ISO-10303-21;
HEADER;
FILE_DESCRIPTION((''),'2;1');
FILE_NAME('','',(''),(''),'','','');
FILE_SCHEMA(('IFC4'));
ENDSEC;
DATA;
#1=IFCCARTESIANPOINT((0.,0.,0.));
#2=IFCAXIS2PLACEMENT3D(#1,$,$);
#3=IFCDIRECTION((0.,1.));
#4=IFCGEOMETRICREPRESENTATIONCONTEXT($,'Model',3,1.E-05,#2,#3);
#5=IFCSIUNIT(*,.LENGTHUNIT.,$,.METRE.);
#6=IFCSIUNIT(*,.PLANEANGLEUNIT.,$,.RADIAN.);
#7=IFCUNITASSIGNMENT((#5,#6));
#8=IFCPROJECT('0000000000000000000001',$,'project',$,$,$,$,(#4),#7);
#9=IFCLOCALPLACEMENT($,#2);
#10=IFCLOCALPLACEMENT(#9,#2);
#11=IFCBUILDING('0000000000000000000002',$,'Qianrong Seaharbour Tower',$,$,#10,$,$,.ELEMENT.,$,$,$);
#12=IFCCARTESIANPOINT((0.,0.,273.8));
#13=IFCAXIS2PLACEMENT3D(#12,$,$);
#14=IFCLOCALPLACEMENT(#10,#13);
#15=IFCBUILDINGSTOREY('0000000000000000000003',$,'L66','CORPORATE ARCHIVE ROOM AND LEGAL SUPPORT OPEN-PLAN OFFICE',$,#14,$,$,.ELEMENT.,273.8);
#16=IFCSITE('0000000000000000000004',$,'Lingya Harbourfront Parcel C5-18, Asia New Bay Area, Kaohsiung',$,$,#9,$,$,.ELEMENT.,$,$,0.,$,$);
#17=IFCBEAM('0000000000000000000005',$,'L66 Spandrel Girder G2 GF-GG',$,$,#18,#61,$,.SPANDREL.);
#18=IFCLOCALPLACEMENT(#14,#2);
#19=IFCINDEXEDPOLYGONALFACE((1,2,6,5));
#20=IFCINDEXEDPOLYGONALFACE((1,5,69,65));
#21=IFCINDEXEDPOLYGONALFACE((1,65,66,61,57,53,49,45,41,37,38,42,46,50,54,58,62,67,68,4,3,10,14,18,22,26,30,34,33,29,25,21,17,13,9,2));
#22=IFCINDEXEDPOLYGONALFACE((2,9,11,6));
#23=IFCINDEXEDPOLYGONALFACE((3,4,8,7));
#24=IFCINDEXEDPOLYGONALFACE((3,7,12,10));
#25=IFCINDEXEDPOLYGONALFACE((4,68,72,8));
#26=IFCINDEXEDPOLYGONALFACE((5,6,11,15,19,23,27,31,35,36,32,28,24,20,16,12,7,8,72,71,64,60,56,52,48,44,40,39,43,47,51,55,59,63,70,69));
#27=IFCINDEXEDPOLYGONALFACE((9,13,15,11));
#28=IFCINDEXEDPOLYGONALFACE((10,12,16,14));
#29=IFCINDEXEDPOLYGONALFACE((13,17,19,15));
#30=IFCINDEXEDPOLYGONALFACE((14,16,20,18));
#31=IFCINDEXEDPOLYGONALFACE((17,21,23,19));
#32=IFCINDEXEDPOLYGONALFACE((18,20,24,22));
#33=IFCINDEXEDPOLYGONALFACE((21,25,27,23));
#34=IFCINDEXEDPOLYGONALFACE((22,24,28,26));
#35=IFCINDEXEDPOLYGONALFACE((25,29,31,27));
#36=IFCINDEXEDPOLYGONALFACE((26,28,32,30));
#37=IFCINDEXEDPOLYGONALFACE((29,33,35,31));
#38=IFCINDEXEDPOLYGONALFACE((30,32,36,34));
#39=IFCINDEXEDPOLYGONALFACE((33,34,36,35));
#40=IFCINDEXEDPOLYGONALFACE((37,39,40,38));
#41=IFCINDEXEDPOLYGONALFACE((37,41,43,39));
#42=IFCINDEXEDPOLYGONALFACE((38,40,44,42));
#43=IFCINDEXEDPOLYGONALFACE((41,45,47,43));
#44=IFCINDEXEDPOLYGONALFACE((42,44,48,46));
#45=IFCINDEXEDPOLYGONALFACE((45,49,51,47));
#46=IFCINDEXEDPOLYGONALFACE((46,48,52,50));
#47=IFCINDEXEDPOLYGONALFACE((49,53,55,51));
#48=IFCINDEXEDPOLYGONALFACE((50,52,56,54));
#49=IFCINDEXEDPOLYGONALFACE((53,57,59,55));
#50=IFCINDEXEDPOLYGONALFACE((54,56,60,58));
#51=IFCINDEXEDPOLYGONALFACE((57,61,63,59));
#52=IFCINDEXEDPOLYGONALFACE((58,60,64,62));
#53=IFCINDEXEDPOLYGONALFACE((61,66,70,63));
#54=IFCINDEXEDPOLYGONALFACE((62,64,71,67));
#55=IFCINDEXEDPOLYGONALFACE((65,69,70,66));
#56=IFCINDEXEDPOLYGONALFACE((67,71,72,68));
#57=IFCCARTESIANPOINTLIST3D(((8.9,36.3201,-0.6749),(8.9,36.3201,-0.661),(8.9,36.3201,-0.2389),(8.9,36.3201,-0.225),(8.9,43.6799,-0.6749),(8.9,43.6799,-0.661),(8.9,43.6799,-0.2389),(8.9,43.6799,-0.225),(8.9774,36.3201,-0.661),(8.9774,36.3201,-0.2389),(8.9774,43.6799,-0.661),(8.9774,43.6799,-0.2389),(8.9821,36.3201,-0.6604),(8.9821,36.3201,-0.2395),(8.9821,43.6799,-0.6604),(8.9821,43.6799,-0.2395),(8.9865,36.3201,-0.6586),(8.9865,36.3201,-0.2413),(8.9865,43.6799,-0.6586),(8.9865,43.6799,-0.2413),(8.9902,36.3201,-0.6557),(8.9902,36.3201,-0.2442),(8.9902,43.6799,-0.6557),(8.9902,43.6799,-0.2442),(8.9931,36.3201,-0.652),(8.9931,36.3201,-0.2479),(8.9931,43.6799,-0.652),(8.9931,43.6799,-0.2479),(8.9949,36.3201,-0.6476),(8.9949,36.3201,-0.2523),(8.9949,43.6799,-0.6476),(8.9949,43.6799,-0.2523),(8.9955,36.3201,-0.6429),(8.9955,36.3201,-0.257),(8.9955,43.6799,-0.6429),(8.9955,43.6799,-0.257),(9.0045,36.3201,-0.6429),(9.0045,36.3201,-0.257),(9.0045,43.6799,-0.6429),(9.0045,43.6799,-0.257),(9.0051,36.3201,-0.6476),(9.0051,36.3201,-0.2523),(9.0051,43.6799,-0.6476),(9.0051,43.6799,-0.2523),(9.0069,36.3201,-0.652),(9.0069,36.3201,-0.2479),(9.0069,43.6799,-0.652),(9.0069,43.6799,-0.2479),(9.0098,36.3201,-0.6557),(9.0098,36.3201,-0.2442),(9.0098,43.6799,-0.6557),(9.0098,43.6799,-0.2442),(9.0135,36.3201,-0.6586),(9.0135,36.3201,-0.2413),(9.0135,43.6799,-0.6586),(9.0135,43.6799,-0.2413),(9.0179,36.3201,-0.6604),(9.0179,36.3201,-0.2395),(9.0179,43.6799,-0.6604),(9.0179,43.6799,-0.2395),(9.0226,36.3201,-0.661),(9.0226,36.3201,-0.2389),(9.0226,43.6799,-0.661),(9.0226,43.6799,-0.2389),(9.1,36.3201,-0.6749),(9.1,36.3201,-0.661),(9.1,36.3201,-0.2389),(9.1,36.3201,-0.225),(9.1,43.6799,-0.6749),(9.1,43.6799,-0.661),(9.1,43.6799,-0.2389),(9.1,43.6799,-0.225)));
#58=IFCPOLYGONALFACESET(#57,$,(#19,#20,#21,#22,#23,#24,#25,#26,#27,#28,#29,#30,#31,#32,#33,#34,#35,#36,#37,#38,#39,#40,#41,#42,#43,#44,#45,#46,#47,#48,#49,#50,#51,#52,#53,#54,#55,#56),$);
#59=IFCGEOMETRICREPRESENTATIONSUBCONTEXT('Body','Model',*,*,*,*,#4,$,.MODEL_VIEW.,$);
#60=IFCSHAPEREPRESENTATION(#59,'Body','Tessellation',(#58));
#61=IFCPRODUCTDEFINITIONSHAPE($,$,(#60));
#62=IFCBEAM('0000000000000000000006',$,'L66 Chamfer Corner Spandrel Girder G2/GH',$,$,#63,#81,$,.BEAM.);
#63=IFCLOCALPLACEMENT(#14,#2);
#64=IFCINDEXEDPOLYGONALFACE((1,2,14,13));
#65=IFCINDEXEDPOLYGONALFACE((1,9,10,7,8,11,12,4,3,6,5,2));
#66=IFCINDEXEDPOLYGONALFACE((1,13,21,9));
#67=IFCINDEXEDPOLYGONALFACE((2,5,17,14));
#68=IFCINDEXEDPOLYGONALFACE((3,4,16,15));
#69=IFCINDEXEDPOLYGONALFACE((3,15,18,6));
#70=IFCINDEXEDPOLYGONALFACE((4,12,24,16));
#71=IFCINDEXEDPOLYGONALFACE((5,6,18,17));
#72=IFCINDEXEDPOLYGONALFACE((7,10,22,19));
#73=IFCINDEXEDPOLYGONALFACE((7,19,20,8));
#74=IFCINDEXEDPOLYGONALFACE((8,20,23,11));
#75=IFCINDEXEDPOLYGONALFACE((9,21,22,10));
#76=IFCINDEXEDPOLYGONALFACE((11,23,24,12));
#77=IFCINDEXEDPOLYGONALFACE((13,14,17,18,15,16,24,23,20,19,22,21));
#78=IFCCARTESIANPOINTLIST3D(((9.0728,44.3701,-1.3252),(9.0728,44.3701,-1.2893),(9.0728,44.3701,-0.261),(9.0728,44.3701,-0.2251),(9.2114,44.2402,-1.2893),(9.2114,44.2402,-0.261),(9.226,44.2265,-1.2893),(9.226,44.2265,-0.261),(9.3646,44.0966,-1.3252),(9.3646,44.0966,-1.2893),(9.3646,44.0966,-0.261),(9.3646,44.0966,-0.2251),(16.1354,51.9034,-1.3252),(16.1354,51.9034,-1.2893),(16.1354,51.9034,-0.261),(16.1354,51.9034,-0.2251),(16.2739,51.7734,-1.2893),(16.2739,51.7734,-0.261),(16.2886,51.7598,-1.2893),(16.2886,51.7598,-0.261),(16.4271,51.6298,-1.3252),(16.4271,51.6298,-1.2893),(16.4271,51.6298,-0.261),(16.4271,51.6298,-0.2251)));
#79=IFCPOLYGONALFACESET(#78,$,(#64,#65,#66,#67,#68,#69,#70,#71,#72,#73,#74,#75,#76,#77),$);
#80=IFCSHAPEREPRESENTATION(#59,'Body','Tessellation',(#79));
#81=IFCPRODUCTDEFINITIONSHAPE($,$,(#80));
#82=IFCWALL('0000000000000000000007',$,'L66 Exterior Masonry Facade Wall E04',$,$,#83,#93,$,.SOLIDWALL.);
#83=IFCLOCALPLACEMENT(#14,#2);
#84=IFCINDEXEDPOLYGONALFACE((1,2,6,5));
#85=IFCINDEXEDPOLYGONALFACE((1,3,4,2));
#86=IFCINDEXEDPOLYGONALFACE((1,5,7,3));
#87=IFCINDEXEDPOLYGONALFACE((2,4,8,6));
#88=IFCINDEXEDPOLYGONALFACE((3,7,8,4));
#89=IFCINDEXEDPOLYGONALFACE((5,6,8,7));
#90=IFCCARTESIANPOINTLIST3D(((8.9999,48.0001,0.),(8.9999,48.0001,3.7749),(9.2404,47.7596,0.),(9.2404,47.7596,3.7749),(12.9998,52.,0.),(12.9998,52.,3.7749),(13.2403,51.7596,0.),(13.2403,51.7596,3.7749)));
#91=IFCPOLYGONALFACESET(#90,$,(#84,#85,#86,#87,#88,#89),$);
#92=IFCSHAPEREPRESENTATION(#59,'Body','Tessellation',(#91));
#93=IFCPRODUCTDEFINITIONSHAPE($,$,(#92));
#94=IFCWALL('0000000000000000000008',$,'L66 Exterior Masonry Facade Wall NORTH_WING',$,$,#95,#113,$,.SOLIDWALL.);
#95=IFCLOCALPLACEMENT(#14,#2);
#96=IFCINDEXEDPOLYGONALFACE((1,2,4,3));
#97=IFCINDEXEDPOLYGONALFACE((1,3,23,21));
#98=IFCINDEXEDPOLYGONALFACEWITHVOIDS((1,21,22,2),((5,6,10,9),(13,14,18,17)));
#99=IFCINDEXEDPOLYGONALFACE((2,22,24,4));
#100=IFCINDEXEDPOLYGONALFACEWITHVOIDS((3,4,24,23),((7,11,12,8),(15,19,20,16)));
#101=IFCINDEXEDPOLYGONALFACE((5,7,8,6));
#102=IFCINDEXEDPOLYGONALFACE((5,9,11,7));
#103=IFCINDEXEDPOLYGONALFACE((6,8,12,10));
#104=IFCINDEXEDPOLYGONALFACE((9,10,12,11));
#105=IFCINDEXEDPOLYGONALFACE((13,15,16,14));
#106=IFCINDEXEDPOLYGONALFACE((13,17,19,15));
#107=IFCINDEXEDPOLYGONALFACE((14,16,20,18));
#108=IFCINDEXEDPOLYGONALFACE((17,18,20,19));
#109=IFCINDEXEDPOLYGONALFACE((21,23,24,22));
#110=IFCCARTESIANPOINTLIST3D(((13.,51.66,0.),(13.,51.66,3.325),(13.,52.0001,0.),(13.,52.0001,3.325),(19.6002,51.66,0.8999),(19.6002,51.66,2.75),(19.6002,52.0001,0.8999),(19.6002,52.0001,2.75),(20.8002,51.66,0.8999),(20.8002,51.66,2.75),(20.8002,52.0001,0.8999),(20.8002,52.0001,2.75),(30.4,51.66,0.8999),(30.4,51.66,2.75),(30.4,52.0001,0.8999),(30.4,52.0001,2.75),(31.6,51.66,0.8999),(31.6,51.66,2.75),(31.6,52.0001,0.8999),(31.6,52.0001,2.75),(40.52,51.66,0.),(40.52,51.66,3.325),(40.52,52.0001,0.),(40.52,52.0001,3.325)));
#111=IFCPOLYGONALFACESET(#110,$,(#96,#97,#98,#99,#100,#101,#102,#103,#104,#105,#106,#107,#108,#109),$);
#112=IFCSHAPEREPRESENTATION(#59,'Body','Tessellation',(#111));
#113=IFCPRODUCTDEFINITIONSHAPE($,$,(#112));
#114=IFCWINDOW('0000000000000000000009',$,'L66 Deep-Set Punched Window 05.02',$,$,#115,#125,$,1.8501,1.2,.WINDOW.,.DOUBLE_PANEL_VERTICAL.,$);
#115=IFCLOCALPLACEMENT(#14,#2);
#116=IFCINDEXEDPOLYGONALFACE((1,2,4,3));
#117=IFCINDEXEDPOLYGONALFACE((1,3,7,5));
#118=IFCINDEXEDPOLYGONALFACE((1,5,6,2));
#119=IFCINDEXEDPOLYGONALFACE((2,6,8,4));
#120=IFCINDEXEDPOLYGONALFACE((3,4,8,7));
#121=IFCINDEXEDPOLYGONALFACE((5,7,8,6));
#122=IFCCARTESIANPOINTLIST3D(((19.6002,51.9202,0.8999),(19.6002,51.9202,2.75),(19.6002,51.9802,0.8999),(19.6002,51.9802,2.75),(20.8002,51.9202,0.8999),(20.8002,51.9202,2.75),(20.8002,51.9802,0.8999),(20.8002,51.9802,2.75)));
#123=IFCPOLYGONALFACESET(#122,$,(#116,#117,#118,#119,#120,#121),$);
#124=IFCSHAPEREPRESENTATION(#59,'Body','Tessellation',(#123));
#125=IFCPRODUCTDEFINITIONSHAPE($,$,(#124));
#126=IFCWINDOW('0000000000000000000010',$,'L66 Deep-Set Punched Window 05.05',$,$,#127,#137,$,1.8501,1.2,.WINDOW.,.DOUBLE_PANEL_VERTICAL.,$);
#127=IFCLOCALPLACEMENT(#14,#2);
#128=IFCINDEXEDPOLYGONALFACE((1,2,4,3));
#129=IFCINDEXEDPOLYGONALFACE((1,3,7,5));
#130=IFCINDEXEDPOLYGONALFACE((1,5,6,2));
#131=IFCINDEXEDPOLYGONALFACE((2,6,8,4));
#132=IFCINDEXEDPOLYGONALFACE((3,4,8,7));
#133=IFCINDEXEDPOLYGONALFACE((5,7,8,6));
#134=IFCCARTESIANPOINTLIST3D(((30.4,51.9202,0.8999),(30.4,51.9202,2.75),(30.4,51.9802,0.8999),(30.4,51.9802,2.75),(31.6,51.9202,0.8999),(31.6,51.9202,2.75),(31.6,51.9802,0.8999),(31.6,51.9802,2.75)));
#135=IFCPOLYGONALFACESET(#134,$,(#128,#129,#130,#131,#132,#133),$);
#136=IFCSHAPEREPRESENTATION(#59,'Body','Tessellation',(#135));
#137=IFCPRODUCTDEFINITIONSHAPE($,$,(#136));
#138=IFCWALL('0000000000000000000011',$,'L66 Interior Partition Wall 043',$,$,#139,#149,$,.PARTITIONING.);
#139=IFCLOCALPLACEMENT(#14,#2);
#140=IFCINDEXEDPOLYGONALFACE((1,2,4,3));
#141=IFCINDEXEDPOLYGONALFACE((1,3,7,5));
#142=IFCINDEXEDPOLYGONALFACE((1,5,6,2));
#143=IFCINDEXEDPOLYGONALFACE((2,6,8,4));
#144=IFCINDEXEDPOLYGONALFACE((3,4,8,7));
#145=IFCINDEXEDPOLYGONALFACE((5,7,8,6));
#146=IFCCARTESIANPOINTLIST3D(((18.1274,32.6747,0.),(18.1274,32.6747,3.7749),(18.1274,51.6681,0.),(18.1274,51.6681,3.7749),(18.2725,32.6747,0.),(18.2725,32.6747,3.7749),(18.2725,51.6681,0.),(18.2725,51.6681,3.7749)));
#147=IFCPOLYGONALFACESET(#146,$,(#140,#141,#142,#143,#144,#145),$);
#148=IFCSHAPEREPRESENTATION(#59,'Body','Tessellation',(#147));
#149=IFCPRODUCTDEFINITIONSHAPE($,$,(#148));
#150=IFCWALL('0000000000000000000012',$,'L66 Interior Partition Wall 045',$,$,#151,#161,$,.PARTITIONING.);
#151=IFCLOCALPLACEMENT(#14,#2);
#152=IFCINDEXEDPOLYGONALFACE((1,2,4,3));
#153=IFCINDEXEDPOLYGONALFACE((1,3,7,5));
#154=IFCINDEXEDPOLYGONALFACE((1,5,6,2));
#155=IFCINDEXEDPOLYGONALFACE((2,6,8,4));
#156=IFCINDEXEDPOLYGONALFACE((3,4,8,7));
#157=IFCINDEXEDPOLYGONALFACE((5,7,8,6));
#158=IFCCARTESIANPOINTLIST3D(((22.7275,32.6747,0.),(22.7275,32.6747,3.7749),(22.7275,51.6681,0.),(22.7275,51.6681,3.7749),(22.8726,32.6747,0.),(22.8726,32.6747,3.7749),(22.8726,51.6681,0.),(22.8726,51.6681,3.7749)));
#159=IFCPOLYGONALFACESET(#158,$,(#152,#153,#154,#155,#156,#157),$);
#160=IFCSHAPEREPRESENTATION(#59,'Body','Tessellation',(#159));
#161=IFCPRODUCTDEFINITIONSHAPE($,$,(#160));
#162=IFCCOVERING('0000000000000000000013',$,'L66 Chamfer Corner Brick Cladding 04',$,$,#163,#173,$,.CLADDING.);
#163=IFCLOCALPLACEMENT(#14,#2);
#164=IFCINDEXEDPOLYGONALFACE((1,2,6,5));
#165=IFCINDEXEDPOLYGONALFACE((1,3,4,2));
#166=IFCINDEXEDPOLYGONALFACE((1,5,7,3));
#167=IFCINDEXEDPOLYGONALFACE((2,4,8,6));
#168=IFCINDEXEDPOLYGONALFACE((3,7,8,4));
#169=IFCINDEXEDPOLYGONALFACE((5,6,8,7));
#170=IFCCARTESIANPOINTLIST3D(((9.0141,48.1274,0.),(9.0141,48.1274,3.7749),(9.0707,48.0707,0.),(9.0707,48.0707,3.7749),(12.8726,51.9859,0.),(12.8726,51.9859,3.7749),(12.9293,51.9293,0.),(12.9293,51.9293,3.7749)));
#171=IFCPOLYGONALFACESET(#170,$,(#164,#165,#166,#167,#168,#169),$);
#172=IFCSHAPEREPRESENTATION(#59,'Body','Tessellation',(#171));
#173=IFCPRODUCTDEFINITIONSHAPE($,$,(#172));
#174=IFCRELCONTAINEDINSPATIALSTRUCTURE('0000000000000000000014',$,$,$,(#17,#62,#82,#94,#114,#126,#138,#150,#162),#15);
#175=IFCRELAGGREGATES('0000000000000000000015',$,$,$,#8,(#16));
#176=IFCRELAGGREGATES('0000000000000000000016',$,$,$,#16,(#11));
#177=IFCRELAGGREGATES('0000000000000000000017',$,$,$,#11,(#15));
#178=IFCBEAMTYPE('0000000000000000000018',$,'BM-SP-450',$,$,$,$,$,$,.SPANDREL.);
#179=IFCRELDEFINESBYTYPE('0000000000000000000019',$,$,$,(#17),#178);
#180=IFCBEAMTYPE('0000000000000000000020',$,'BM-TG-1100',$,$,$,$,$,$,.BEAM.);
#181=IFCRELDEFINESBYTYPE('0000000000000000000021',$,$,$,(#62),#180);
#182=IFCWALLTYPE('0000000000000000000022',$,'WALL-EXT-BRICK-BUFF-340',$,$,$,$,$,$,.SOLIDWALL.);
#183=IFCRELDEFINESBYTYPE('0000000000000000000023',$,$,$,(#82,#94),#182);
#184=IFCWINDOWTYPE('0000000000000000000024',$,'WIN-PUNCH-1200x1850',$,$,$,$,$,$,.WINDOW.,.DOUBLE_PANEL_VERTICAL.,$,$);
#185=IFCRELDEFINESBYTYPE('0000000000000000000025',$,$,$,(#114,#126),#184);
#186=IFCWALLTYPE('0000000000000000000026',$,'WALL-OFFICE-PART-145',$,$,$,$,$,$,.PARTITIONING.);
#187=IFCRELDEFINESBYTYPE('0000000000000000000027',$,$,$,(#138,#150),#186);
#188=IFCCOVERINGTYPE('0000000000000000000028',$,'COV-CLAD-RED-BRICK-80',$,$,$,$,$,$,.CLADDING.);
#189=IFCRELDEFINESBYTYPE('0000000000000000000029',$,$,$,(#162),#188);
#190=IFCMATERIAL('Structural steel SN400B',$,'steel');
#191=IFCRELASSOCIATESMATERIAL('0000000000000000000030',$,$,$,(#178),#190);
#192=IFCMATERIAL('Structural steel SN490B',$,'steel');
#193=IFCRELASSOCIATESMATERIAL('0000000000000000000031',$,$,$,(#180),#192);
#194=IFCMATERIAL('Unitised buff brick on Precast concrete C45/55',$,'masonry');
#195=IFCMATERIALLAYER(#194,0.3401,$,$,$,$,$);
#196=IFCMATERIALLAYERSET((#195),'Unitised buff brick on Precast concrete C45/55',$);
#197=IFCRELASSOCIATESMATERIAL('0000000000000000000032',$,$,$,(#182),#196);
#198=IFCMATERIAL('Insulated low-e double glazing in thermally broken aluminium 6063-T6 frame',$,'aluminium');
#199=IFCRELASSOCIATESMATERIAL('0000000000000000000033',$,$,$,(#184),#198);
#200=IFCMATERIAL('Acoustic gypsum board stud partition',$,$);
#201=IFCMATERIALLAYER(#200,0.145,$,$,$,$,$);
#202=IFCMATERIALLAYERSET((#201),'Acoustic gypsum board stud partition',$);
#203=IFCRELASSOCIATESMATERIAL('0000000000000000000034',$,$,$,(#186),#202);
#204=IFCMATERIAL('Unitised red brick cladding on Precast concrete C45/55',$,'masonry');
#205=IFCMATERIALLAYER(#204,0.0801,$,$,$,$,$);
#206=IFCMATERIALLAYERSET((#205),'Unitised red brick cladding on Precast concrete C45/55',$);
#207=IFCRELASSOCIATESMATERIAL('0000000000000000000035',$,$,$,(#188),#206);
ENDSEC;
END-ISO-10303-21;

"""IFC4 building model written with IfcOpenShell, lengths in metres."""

from ifc_helpers import new_model, si_unit, direction, frame, frame_2d, origin, origin_2d, place, context, subcontext, project, spatial, rectangle, i_section, extrude, material, layer, layer_set, material_profile, profile_set, type_object, element, fill, save


model = new_model("IFC4")

# Units and contexts
model_context = context("Model", 3, precision=1e-05, world=origin(), true_north=direction((0.0, 1.0)))
body_context = subcontext(model_context, "Body", "Model", "MODEL_VIEW")
ifc_project = project(units=[si_unit("LENGTHUNIT", "METRE"), si_unit("PLANEANGLEUNIT", "RADIAN")], contexts=[model_context])

# Site, building, storey
site_placement = place(None, origin())
site = spatial("IfcSite", under=ifc_project, at=site_placement, Name="Lingya Harbourfront Parcel C5-18, Asia New Bay Area, Kaohsiung", CompositionType="ELEMENT", RefElevation=0.0)
building_placement = place(site_placement, origin())
building = spatial("IfcBuilding", under=site, at=building_placement, Name="Qianrong Seaharbour Tower", CompositionType="ELEMENT")
storey_placement = place(building_placement, frame((0.0, 0.0, 273.8)))
storey = spatial("IfcBuildingStorey", under=building, at=storey_placement, Name="L66", Description="CORPORATE ARCHIVE ROOM AND LEGAL SUPPORT OPEN-PLAN OFFICE", CompositionType="ELEMENT", Elevation=273.8)

# Shared definitions
ifc_material_1 = material(Name="Structural steel SN490B", Category="steel")

# Beams
ifc_material_2 = material(Name="Structural steel SN400B", Category="steel")
ifc_material_profile_1 = material_profile(ifc_material_2, i_section(OverallWidth=0.2, OverallDepth=0.45, WebThickness=0.009, FlangeThickness=0.0139, FilletRadius=0.0181, at=origin_2d()), Name="H450x200x9x14")
ifc_profile_set_1 = profile_set([ifc_material_profile_1], Name="Structural steel SN400B")
beam_type_1 = type_object("IfcBeamType", Name="BM-SP-450", PredefinedType="SPANDREL", material=ifc_profile_set_1)
for number, where, z_axis, x_axis, name in (
    (1, (9.0, 36.3201, -0.45), (0.0, 1.0, 0.0), (-1.0, 0.0, 0.0), "L66 Spandrel Girder G2 GF-GG"),
):
    element("IfcBeam", number, at=place(storey_placement, frame(where, z_axis=z_axis, x_axis=x_axis)), inside=storey, type_object=beam_type_1, Name=name, PredefinedType="SPANDREL", context=body_context, shape_type="SweptSolid", body=[
        extrude(i_section(OverallWidth=0.2, OverallDepth=0.45, WebThickness=0.009, FlangeThickness=0.0139, FilletRadius=0.0181, at=origin_2d()), origin(), (0.0, 0.0, 1.0), 7.3599),
    ])
ifc_material_profile_2 = material_profile(ifc_material_1, i_section(OverallWidth=0.3999, OverallDepth=1.1001, WebThickness=0.02, FlangeThickness=0.0359, at=origin_2d()), Name="BH1100x400x20x36")
ifc_profile_set_2 = profile_set([ifc_material_profile_2], Name="Structural steel SN490B")
beam_type_2 = type_object("IfcBeamType", Name="BM-TG-1100", PredefinedType="BEAM", material=ifc_profile_set_2)
beam_1_placement = place(storey_placement, frame((16.2812, 51.7666, -0.7751), z_axis=(-0.683947, -0.729531, 0.0), x_axis=(0.729531, -0.683947, 0.0)))
element("IfcBeam", 2, at=beam_1_placement, inside=storey, type_object=beam_type_2, Name="L66 Chamfer Corner Spandrel Girder G2/GH", PredefinedType="BEAM", context=body_context, shape_type="SweptSolid", body=[
    extrude(i_section(OverallWidth=0.3999, OverallDepth=1.1001, WebThickness=0.02, FlangeThickness=0.0359, at=origin_2d()), origin(), (0.0, 0.0, 1.0), 10.3262),
])

# Wall
ifc_material_3 = material(Name="Unitised buff brick on Precast concrete C45/55", Category="masonry")
ifc_layer_1 = layer(ifc_material_3, 0.3401)
ifc_layer_set_1 = layer_set([ifc_layer_1], Name="Unitised buff brick on Precast concrete C45/55")
wall_type_1 = type_object("IfcWallType", Name="WALL-EXT-BRICK-BUFF-340", PredefinedType="SOLIDWALL", material=ifc_layer_set_1)
wall_1_placement = place(storey_placement, frame((9.1201, 47.8799, 0.0), z_axis=(0.0, 0.0, 1.0), x_axis=(0.707107, 0.707107, 0.0)))
element("IfcWall", 3, at=wall_1_placement, inside=storey, type_object=wall_type_1, Name="L66 Exterior Masonry Facade Wall E04", PredefinedType="SOLIDWALL", context=body_context, shape_type="SweptSolid", body=[
    extrude(rectangle(XDim=5.6567, YDim=0.3401, at=frame_2d((2.8284, 0.0))), origin(), (0.0, 0.0, 1.0), 3.7749),
])

# Wall, openings, windows
wall_2_placement = place(storey_placement, frame((13.0, 51.8301, 0.0), z_axis=(0.0, 0.0, 1.0), x_axis=(1.0, 0.0, 0.0)))
wall_2 = element("IfcWall", 4, at=wall_2_placement, inside=storey, type_object=wall_type_1, Name="L66 Exterior Masonry Facade Wall NORTH_WING", PredefinedType="SOLIDWALL", context=body_context, shape_type="SweptSolid", body=[
    extrude(rectangle(XDim=27.52, YDim=0.3401, at=frame_2d((13.76, 0.0))), origin(), (0.0, 0.0, 1.0), 3.325),
])
opening_1_placement = place(wall_2_placement, frame((6.6001, 0.0, 0.8999)))
opening_1 = element("IfcOpeningElement", 5, at=opening_1_placement, cuts=wall_2, PredefinedType="OPENING", context=body_context, shape_type="SweptSolid", body=[
    extrude(rectangle(XDim=1.2, YDim=1.8501, at=frame_2d((0.6001, 0.925))), frame((0.0, 0.1802, 0.0), z_axis=(0.0, -1.0, 0.0), x_axis=(1.0, 0.0, 0.0)), (0.0, 0.0, 1.0), 0.3601),
])
opening_2_placement = place(wall_2_placement, frame((17.3999, 0.0, 0.8999)))
opening_2 = element("IfcOpeningElement", 6, at=opening_2_placement, cuts=wall_2, PredefinedType="OPENING", context=body_context, shape_type="SweptSolid", body=[
    extrude(rectangle(XDim=1.2, YDim=1.8501, at=frame_2d((0.6001, 0.925))), frame((0.0, 0.1802, 0.0), z_axis=(0.0, -1.0, 0.0), x_axis=(1.0, 0.0, 0.0)), (0.0, 0.0, 1.0), 0.3601),
])
ifc_material_4 = material(Name="Insulated low-e double glazing in thermally broken aluminium 6063-T6 frame", Category="aluminium")
window_type = type_object("IfcWindowType", Name="WIN-PUNCH-1200x1850", PartitioningType="DOUBLE_PANEL_VERTICAL", PredefinedType="WINDOW", material=ifc_material_4)
window_1_placement = place(opening_1_placement, origin())
window_1 = element("IfcWindow", 7, at=window_1_placement, inside=storey, type_object=window_type, Name="L66 Deep-Set Punched Window 05.02", OverallHeight=1.8501, OverallWidth=1.2, PartitioningType="DOUBLE_PANEL_VERTICAL", PredefinedType="WINDOW", context=body_context, shape_type="SweptSolid", body=[
    extrude(rectangle(XDim=1.2, YDim=1.8501, at=frame_2d((0.6001, 0.925))), frame((0.0, 0.1501, 0.0), z_axis=(0.0, -1.0, 0.0), x_axis=(1.0, 0.0, 0.0)), (0.0, 0.0, 1.0), 0.0601),
])
fill(opening_1, window_1)
window_2_placement = place(opening_2_placement, origin())
window_2 = element("IfcWindow", 8, at=window_2_placement, inside=storey, type_object=window_type, Name="L66 Deep-Set Punched Window 05.05", OverallHeight=1.8501, OverallWidth=1.2, PartitioningType="DOUBLE_PANEL_VERTICAL", PredefinedType="WINDOW", context=body_context, shape_type="SweptSolid", body=[
    extrude(rectangle(XDim=1.2, YDim=1.8501, at=frame_2d((0.6001, 0.925))), frame((0.0, 0.1501, 0.0), z_axis=(0.0, -1.0, 0.0), x_axis=(1.0, 0.0, 0.0)), (0.0, 0.0, 1.0), 0.0601),
])
fill(opening_2, window_2)

# Walls
ifc_material_5 = material(Name="Acoustic gypsum board stud partition")
ifc_layer_2 = layer(ifc_material_5, 0.145)
ifc_layer_set_2 = layer_set([ifc_layer_2], Name="Acoustic gypsum board stud partition")
wall_type_2 = type_object("IfcWallType", Name="WALL-OFFICE-PART-145", PredefinedType="PARTITIONING", material=ifc_layer_set_2)
for number, where, z_axis, x_axis, name in (
    (9, (18.2, 51.668, 0.0), (0.0, 0.0, 1.0), (0.0, -1.0, 0.0), "L66 Interior Partition Wall 043"),
    (10, (22.8, 51.668, 0.0), (0.0, 0.0, 1.0), (0.0, -1.0, 0.0), "L66 Interior Partition Wall 045"),
):
    element("IfcWall", number, at=place(storey_placement, frame(where, z_axis=z_axis, x_axis=x_axis)), inside=storey, type_object=wall_type_2, Name=name, PredefinedType="PARTITIONING", context=body_context, shape_type="SweptSolid", body=[
        extrude(rectangle(XDim=18.9934, YDim=0.145, at=frame_2d((9.4966, 0.0))), origin(), (0.0, 0.0, 1.0), 3.7749),
    ])

# Covering
ifc_material_6 = material(Name="Unitised red brick cladding on Precast concrete C45/55", Category="masonry")
ifc_layer_3 = layer(ifc_material_6, 0.0801)
ifc_layer_set_3 = layer_set([ifc_layer_3], Name="Unitised red brick cladding on Precast concrete C45/55")
covering_type = type_object("IfcCoveringType", Name="COV-CLAD-RED-BRICK-80", PredefinedType="CLADDING", material=ifc_layer_set_3)
covering_placement = place(storey_placement, frame((10.9717, 50.0283, 0.0), z_axis=(0.0, 0.0, 1.0), x_axis=(0.707107, 0.707107, 0.0)))
element("IfcCovering", 11, at=covering_placement, inside=storey, type_object=covering_type, Name="L66 Chamfer Corner Brick Cladding 04", PredefinedType="CLADDING", context=body_context, shape_type="SweptSolid", body=[
    extrude(rectangle(XDim=5.4568, YDim=0.0801, at=origin_2d()), origin(), (0.0, 0.0, 1.0), 3.7749),
])

save(model, "model.ifc")
